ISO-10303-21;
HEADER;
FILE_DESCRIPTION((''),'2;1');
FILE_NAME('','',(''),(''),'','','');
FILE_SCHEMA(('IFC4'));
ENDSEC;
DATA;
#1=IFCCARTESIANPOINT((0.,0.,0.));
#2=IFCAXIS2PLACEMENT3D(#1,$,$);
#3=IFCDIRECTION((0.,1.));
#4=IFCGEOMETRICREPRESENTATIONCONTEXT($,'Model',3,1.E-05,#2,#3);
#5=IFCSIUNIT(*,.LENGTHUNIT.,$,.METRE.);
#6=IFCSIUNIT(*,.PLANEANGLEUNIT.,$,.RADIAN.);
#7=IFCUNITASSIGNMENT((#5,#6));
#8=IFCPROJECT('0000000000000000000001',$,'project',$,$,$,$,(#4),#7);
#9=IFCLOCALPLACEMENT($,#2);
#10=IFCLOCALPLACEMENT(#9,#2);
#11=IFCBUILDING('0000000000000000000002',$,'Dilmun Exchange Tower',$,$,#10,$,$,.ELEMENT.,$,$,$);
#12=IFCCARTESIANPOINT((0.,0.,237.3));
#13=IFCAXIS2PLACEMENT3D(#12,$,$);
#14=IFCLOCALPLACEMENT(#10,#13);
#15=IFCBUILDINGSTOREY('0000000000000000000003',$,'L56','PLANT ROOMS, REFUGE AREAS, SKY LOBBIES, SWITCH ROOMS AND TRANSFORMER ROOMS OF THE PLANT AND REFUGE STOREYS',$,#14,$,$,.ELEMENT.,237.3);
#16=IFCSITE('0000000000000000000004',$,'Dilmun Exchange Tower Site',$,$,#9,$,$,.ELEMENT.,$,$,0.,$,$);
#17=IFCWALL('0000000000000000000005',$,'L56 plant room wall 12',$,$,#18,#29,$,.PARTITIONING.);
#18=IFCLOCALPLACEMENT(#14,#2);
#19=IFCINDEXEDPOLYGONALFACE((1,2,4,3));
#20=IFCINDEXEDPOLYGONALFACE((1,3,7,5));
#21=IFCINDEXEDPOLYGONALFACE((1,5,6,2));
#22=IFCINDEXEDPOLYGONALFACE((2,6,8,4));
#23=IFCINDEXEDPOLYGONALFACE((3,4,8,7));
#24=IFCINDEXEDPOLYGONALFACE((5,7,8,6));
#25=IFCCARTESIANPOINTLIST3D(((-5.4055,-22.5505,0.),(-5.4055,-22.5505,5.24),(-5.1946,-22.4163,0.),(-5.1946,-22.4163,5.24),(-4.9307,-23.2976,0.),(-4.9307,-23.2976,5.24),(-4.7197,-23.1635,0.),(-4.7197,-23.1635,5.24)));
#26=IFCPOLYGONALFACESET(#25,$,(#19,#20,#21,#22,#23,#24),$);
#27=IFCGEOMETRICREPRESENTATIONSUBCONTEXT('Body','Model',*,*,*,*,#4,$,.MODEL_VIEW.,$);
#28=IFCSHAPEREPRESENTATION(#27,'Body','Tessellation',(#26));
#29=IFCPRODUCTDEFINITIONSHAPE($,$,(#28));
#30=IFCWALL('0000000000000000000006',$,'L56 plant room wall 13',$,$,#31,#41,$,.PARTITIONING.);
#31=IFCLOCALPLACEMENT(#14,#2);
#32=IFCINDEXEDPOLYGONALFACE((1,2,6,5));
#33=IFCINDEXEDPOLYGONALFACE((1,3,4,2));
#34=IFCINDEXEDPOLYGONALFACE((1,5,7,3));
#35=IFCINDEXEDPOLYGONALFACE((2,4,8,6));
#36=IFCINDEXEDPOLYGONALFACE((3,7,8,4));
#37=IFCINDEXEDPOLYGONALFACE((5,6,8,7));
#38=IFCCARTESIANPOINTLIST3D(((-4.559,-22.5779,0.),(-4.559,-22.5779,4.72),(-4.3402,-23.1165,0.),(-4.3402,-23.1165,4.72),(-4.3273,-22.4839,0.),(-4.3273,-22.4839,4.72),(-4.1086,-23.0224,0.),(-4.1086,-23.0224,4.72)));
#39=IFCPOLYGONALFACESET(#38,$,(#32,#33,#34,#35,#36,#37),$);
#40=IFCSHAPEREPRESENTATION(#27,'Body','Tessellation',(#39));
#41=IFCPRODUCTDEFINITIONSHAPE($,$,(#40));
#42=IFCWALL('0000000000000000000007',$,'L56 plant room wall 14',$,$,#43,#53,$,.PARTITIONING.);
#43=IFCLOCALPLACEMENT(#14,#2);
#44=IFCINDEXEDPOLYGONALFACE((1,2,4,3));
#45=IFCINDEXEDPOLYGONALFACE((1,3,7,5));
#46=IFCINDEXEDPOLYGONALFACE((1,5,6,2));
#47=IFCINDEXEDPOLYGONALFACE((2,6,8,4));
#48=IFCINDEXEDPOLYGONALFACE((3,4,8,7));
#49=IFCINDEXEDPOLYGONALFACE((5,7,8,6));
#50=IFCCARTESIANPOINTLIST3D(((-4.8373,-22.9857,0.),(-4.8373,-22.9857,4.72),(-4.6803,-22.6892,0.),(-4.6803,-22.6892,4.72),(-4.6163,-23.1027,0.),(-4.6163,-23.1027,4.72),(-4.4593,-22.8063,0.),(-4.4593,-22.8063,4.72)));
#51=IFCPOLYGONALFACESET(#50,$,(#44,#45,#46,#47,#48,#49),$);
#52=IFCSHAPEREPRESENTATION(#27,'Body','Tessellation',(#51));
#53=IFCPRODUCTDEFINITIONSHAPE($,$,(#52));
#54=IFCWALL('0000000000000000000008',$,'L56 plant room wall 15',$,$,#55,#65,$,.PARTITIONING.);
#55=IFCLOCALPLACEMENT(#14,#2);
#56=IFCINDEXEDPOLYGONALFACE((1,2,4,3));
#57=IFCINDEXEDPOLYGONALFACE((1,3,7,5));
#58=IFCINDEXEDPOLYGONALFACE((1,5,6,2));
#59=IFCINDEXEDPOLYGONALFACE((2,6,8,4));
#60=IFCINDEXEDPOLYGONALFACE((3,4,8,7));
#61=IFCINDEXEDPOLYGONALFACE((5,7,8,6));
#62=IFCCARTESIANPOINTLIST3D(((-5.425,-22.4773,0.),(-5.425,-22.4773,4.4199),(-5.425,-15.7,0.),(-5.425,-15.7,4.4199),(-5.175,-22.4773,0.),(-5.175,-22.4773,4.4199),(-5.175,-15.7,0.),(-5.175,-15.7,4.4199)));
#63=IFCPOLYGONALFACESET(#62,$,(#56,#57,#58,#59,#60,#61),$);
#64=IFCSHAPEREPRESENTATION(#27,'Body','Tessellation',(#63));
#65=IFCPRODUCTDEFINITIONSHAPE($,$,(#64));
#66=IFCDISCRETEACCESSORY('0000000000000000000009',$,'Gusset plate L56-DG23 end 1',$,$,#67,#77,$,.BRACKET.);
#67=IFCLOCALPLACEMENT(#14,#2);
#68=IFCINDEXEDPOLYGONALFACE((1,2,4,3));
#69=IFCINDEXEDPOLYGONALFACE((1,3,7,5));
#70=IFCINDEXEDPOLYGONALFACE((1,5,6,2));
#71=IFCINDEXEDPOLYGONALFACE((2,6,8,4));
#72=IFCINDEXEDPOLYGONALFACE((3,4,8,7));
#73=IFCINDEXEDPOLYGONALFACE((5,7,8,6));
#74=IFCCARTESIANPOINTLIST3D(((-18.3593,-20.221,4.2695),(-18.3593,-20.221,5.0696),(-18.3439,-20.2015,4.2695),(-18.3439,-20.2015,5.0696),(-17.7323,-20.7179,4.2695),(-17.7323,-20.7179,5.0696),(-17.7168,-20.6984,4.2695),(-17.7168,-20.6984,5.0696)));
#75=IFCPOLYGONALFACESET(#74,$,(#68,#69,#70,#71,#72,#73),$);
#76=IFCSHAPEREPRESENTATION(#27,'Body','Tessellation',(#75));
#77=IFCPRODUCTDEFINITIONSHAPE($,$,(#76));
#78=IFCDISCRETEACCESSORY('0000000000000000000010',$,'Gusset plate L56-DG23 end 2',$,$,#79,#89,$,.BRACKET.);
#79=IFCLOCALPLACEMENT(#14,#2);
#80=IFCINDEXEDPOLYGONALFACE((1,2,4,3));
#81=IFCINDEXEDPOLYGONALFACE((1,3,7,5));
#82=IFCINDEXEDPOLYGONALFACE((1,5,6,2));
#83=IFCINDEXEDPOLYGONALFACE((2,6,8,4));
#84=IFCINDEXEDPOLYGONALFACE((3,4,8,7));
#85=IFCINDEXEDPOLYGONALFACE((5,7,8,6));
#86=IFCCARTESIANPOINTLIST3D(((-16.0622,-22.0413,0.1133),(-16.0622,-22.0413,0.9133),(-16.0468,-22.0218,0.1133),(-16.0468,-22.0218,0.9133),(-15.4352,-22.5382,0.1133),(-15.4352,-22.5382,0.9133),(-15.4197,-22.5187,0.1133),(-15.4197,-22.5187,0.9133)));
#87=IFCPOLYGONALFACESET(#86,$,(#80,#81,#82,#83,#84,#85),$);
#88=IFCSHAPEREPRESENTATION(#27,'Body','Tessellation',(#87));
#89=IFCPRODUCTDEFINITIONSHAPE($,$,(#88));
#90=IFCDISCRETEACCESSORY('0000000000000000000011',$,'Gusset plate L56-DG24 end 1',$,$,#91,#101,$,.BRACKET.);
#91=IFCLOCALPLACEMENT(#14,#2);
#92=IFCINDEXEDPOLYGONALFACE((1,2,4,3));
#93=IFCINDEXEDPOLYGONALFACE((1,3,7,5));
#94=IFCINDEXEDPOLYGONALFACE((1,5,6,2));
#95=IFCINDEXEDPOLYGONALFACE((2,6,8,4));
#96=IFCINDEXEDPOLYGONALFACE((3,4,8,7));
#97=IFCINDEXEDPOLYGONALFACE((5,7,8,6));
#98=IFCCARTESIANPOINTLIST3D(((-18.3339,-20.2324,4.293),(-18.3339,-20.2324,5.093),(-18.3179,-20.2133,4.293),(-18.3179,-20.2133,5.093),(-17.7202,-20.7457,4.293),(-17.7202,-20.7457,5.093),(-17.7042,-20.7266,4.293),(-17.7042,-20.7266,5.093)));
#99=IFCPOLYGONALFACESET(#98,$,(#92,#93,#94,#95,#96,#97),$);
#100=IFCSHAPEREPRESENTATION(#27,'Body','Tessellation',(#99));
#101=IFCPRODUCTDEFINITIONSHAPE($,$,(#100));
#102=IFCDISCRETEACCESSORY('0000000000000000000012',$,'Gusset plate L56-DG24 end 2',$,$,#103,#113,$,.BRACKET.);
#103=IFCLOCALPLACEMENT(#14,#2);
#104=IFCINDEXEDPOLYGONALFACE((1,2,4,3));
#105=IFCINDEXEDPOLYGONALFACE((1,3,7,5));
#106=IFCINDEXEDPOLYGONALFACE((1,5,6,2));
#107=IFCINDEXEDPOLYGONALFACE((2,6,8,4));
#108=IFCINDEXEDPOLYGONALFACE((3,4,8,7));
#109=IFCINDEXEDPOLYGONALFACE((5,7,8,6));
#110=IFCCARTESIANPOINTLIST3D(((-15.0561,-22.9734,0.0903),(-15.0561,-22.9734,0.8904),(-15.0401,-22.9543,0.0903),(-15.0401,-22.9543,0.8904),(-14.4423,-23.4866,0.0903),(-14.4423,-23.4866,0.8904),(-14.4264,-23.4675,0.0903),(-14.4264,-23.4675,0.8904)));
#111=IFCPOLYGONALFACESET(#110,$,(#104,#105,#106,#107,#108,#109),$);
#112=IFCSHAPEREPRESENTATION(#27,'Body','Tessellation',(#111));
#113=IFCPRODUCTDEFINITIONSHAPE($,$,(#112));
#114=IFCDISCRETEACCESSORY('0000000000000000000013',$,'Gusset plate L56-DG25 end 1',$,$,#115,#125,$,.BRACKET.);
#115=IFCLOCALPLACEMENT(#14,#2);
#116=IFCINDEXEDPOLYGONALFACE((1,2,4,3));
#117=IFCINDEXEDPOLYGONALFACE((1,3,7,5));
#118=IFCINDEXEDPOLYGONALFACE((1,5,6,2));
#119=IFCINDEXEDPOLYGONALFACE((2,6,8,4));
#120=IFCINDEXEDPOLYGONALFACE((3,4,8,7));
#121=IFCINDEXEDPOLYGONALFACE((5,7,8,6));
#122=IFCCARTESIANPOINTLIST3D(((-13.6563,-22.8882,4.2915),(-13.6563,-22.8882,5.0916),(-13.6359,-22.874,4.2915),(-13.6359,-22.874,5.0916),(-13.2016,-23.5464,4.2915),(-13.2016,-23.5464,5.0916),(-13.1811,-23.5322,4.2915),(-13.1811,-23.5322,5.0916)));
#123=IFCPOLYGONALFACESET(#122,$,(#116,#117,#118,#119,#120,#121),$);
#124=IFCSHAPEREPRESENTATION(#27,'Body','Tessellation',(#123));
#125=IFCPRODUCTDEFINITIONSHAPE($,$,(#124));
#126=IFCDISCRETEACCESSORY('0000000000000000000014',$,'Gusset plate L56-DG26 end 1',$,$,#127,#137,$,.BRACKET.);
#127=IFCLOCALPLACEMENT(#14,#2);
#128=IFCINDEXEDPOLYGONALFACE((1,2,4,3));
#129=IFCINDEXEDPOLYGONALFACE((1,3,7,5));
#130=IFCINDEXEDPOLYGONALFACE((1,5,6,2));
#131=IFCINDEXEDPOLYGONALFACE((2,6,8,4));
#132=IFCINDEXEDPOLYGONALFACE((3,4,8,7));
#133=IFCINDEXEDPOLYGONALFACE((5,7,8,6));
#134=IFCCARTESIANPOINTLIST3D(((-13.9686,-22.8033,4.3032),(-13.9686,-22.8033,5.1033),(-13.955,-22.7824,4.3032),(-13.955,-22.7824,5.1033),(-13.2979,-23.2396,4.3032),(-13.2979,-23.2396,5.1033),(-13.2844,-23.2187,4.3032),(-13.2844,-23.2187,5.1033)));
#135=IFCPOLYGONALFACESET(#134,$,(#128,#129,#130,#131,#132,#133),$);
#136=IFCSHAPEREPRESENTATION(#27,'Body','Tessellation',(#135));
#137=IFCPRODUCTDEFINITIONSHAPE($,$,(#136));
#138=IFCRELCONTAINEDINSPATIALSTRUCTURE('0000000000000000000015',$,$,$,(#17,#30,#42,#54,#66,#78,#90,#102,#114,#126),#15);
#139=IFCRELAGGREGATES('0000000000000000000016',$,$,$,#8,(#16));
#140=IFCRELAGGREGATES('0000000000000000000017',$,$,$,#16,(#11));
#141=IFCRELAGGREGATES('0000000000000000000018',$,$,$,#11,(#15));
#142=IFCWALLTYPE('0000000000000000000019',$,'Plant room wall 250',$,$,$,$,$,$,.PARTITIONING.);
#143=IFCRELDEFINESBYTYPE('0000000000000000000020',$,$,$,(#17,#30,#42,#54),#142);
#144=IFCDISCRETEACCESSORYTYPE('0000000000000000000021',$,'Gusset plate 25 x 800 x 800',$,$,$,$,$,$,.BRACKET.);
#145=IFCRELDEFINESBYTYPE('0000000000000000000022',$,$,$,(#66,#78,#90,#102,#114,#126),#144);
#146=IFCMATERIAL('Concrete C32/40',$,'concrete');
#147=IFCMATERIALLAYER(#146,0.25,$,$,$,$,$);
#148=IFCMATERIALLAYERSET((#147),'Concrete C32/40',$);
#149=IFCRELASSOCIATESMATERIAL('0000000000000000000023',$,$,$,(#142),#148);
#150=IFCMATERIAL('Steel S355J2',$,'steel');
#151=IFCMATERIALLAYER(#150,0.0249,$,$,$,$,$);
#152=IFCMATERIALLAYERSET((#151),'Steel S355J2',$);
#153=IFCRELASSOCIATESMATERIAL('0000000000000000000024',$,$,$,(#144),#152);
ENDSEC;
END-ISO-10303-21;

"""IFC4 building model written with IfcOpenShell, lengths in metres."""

from ifc_helpers import new_model, si_unit, direction, frame, frame_2d, origin, origin_2d, place, context, subcontext, project, spatial, rectangle, extrude, material, layer, layer_set, type_object, element, save


model = new_model("IFC4")

# Units and contexts
model_context = context("Model", 3, precision=1e-05, world=origin(), true_north=direction((0.0, 1.0)))
body_context = subcontext(model_context, "Body", "Model", "MODEL_VIEW")
ifc_project = project(units=[si_unit("LENGTHUNIT", "METRE"), si_unit("PLANEANGLEUNIT", "RADIAN")], contexts=[model_context])

# Site, building, storey
site_placement = place(None, origin())
site = spatial("IfcSite", under=ifc_project, at=site_placement, Name="Dilmun Exchange Tower Site", CompositionType="ELEMENT", RefElevation=0.0)
building_placement = place(site_placement, origin())
building = spatial("IfcBuilding", under=site, at=building_placement, Name="Dilmun Exchange Tower", CompositionType="ELEMENT")
storey_placement = place(building_placement, frame((0.0, 0.0, 237.3)))
storey = spatial("IfcBuildingStorey", under=building, at=storey_placement, Name="L56", Description="PLANT ROOMS, REFUGE AREAS, SKY LOBBIES, SWITCH ROOMS AND TRANSFORMER ROOMS OF THE PLANT AND REFUGE STOREYS", CompositionType="ELEMENT", Elevation=237.3)

# Walls
ifc_material_1 = material(Name="Concrete C32/40", Category="concrete")
ifc_layer_1 = layer(ifc_material_1, 0.25)
ifc_layer_set_1 = layer_set([ifc_layer_1], Name="Concrete C32/40")
wall_type = type_object("IfcWallType", Name="Plant room wall 250", PredefinedType="PARTITIONING", material=ifc_layer_set_1)
wall_1_placement = place(storey_placement, frame((-5.3, -22.4834, 0.0), z_axis=(0.0, 0.0, 1.0), x_axis=(0.536429, -0.843945, 0.0)))
element("IfcWall", 1, at=wall_1_placement, inside=storey, type_object=wall_type, Name="L56 plant room wall 12", PredefinedType="PARTITIONING", context=body_context, shape_type="SweptSolid", body=[
    extrude(rectangle(XDim=0.8853, YDim=0.25, at=frame_2d((0.4426, 0.0))), origin(), (0.0, 0.0, 1.0), 5.24),
])
wall_2_placement = place(storey_placement, frame((-4.4431, -22.531, 0.0), z_axis=(0.0, 0.0, 1.0), x_axis=(0.376309, -0.926494, 0.0)))
element("IfcWall", 2, at=wall_2_placement, inside=storey, type_object=wall_type, Name="L56 plant room wall 13", PredefinedType="PARTITIONING", context=body_context, shape_type="SweptSolid", body=[
    extrude(rectangle(XDim=0.5813, YDim=0.25, at=frame_2d((0.2905, 0.0))), origin(), (0.0, 0.0, 1.0), 4.72),
])
wall_3_placement = place(storey_placement, frame((-4.7268, -23.0442, 0.0), z_axis=(0.0, 0.0, 1.0), x_axis=(0.468055, 0.883699, 0.0)))
element("IfcWall", 3, at=wall_3_placement, inside=storey, type_object=wall_type, Name="L56 plant room wall 14", PredefinedType="PARTITIONING", context=body_context, shape_type="SweptSolid", body=[
    extrude(rectangle(XDim=0.3354, YDim=0.25, at=frame_2d((0.1677, 0.0))), origin(), (0.0, 0.0, 1.0), 4.72),
])
wall_4_placement = place(storey_placement, frame((-5.3, -22.4773, 0.0), z_axis=(0.0, 0.0, 1.0), x_axis=(0.0, 1.0, 0.0)))
element("IfcWall", 4, at=wall_4_placement, inside=storey, type_object=wall_type, Name="L56 plant room wall 15", PredefinedType="PARTITIONING", context=body_context, shape_type="SweptSolid", body=[
    extrude(rectangle(XDim=6.7773, YDim=0.25, at=frame_2d((3.3887, 0.0))), origin(), (0.0, 0.0, 1.0), 4.4199),
])

# Discrete accessories
ifc_material_2 = material(Name="Steel S355J2", Category="steel")
ifc_layer_2 = layer(ifc_material_2, 0.0249)
ifc_layer_set_2 = layer_set([ifc_layer_2], Name="Steel S355J2")
discrete_accessory_type = type_object("IfcDiscreteAccessoryType", Name="Gusset plate 25 x 800 x 800", PredefinedType="BRACKET", material=ifc_layer_set_2)
for number, where, z_axis, x_axis, name in (
    (5, (-18.0381, -20.4597, 4.2695), (0.0, 0.0, 1.0), (0.783749, -0.621078, 0.0), "Gusset plate L56-DG23 end 1"),
    (6, (-15.741, -22.28, 0.1133), (0.0, 0.0, 1.0), (0.783749, -0.621078, 0.0), "Gusset plate L56-DG23 end 2"),
    (7, (-18.019, -20.4795, 4.293), (0.0, 0.0, 1.0), (0.767134, -0.641487, 0.0), "Gusset plate L56-DG24 end 1"),
    (8, (-14.7412, -23.2205, 0.0903), (0.0, 0.0, 1.0), (0.767134, -0.641487, 0.0), "Gusset plate L56-DG24 end 2"),
    (9, (-13.4187, -23.2102, 4.2915), (0.0, 0.0, 1.0), (0.56845, -0.822718, 0.0), "Gusset plate L56-DG25 end 1"),
    (10, (-13.6265, -23.011, 4.3032), (0.0, 0.0, 1.0), (-0.838237, 0.545306, 0.0), "Gusset plate L56-DG26 end 1"),
):
    element("IfcDiscreteAccessory", number, at=place(storey_placement, frame(where, z_axis=z_axis, x_axis=x_axis)), inside=storey, type_object=discrete_accessory_type, Name=name, PredefinedType="BRACKET", context=body_context, shape_type="SweptSolid", body=[
        extrude(rectangle(XDim=0.8, YDim=0.0249, at=origin_2d()), origin(), (0.0, 0.0, 1.0), 0.8),
    ])

save(model, "model.ifc")
